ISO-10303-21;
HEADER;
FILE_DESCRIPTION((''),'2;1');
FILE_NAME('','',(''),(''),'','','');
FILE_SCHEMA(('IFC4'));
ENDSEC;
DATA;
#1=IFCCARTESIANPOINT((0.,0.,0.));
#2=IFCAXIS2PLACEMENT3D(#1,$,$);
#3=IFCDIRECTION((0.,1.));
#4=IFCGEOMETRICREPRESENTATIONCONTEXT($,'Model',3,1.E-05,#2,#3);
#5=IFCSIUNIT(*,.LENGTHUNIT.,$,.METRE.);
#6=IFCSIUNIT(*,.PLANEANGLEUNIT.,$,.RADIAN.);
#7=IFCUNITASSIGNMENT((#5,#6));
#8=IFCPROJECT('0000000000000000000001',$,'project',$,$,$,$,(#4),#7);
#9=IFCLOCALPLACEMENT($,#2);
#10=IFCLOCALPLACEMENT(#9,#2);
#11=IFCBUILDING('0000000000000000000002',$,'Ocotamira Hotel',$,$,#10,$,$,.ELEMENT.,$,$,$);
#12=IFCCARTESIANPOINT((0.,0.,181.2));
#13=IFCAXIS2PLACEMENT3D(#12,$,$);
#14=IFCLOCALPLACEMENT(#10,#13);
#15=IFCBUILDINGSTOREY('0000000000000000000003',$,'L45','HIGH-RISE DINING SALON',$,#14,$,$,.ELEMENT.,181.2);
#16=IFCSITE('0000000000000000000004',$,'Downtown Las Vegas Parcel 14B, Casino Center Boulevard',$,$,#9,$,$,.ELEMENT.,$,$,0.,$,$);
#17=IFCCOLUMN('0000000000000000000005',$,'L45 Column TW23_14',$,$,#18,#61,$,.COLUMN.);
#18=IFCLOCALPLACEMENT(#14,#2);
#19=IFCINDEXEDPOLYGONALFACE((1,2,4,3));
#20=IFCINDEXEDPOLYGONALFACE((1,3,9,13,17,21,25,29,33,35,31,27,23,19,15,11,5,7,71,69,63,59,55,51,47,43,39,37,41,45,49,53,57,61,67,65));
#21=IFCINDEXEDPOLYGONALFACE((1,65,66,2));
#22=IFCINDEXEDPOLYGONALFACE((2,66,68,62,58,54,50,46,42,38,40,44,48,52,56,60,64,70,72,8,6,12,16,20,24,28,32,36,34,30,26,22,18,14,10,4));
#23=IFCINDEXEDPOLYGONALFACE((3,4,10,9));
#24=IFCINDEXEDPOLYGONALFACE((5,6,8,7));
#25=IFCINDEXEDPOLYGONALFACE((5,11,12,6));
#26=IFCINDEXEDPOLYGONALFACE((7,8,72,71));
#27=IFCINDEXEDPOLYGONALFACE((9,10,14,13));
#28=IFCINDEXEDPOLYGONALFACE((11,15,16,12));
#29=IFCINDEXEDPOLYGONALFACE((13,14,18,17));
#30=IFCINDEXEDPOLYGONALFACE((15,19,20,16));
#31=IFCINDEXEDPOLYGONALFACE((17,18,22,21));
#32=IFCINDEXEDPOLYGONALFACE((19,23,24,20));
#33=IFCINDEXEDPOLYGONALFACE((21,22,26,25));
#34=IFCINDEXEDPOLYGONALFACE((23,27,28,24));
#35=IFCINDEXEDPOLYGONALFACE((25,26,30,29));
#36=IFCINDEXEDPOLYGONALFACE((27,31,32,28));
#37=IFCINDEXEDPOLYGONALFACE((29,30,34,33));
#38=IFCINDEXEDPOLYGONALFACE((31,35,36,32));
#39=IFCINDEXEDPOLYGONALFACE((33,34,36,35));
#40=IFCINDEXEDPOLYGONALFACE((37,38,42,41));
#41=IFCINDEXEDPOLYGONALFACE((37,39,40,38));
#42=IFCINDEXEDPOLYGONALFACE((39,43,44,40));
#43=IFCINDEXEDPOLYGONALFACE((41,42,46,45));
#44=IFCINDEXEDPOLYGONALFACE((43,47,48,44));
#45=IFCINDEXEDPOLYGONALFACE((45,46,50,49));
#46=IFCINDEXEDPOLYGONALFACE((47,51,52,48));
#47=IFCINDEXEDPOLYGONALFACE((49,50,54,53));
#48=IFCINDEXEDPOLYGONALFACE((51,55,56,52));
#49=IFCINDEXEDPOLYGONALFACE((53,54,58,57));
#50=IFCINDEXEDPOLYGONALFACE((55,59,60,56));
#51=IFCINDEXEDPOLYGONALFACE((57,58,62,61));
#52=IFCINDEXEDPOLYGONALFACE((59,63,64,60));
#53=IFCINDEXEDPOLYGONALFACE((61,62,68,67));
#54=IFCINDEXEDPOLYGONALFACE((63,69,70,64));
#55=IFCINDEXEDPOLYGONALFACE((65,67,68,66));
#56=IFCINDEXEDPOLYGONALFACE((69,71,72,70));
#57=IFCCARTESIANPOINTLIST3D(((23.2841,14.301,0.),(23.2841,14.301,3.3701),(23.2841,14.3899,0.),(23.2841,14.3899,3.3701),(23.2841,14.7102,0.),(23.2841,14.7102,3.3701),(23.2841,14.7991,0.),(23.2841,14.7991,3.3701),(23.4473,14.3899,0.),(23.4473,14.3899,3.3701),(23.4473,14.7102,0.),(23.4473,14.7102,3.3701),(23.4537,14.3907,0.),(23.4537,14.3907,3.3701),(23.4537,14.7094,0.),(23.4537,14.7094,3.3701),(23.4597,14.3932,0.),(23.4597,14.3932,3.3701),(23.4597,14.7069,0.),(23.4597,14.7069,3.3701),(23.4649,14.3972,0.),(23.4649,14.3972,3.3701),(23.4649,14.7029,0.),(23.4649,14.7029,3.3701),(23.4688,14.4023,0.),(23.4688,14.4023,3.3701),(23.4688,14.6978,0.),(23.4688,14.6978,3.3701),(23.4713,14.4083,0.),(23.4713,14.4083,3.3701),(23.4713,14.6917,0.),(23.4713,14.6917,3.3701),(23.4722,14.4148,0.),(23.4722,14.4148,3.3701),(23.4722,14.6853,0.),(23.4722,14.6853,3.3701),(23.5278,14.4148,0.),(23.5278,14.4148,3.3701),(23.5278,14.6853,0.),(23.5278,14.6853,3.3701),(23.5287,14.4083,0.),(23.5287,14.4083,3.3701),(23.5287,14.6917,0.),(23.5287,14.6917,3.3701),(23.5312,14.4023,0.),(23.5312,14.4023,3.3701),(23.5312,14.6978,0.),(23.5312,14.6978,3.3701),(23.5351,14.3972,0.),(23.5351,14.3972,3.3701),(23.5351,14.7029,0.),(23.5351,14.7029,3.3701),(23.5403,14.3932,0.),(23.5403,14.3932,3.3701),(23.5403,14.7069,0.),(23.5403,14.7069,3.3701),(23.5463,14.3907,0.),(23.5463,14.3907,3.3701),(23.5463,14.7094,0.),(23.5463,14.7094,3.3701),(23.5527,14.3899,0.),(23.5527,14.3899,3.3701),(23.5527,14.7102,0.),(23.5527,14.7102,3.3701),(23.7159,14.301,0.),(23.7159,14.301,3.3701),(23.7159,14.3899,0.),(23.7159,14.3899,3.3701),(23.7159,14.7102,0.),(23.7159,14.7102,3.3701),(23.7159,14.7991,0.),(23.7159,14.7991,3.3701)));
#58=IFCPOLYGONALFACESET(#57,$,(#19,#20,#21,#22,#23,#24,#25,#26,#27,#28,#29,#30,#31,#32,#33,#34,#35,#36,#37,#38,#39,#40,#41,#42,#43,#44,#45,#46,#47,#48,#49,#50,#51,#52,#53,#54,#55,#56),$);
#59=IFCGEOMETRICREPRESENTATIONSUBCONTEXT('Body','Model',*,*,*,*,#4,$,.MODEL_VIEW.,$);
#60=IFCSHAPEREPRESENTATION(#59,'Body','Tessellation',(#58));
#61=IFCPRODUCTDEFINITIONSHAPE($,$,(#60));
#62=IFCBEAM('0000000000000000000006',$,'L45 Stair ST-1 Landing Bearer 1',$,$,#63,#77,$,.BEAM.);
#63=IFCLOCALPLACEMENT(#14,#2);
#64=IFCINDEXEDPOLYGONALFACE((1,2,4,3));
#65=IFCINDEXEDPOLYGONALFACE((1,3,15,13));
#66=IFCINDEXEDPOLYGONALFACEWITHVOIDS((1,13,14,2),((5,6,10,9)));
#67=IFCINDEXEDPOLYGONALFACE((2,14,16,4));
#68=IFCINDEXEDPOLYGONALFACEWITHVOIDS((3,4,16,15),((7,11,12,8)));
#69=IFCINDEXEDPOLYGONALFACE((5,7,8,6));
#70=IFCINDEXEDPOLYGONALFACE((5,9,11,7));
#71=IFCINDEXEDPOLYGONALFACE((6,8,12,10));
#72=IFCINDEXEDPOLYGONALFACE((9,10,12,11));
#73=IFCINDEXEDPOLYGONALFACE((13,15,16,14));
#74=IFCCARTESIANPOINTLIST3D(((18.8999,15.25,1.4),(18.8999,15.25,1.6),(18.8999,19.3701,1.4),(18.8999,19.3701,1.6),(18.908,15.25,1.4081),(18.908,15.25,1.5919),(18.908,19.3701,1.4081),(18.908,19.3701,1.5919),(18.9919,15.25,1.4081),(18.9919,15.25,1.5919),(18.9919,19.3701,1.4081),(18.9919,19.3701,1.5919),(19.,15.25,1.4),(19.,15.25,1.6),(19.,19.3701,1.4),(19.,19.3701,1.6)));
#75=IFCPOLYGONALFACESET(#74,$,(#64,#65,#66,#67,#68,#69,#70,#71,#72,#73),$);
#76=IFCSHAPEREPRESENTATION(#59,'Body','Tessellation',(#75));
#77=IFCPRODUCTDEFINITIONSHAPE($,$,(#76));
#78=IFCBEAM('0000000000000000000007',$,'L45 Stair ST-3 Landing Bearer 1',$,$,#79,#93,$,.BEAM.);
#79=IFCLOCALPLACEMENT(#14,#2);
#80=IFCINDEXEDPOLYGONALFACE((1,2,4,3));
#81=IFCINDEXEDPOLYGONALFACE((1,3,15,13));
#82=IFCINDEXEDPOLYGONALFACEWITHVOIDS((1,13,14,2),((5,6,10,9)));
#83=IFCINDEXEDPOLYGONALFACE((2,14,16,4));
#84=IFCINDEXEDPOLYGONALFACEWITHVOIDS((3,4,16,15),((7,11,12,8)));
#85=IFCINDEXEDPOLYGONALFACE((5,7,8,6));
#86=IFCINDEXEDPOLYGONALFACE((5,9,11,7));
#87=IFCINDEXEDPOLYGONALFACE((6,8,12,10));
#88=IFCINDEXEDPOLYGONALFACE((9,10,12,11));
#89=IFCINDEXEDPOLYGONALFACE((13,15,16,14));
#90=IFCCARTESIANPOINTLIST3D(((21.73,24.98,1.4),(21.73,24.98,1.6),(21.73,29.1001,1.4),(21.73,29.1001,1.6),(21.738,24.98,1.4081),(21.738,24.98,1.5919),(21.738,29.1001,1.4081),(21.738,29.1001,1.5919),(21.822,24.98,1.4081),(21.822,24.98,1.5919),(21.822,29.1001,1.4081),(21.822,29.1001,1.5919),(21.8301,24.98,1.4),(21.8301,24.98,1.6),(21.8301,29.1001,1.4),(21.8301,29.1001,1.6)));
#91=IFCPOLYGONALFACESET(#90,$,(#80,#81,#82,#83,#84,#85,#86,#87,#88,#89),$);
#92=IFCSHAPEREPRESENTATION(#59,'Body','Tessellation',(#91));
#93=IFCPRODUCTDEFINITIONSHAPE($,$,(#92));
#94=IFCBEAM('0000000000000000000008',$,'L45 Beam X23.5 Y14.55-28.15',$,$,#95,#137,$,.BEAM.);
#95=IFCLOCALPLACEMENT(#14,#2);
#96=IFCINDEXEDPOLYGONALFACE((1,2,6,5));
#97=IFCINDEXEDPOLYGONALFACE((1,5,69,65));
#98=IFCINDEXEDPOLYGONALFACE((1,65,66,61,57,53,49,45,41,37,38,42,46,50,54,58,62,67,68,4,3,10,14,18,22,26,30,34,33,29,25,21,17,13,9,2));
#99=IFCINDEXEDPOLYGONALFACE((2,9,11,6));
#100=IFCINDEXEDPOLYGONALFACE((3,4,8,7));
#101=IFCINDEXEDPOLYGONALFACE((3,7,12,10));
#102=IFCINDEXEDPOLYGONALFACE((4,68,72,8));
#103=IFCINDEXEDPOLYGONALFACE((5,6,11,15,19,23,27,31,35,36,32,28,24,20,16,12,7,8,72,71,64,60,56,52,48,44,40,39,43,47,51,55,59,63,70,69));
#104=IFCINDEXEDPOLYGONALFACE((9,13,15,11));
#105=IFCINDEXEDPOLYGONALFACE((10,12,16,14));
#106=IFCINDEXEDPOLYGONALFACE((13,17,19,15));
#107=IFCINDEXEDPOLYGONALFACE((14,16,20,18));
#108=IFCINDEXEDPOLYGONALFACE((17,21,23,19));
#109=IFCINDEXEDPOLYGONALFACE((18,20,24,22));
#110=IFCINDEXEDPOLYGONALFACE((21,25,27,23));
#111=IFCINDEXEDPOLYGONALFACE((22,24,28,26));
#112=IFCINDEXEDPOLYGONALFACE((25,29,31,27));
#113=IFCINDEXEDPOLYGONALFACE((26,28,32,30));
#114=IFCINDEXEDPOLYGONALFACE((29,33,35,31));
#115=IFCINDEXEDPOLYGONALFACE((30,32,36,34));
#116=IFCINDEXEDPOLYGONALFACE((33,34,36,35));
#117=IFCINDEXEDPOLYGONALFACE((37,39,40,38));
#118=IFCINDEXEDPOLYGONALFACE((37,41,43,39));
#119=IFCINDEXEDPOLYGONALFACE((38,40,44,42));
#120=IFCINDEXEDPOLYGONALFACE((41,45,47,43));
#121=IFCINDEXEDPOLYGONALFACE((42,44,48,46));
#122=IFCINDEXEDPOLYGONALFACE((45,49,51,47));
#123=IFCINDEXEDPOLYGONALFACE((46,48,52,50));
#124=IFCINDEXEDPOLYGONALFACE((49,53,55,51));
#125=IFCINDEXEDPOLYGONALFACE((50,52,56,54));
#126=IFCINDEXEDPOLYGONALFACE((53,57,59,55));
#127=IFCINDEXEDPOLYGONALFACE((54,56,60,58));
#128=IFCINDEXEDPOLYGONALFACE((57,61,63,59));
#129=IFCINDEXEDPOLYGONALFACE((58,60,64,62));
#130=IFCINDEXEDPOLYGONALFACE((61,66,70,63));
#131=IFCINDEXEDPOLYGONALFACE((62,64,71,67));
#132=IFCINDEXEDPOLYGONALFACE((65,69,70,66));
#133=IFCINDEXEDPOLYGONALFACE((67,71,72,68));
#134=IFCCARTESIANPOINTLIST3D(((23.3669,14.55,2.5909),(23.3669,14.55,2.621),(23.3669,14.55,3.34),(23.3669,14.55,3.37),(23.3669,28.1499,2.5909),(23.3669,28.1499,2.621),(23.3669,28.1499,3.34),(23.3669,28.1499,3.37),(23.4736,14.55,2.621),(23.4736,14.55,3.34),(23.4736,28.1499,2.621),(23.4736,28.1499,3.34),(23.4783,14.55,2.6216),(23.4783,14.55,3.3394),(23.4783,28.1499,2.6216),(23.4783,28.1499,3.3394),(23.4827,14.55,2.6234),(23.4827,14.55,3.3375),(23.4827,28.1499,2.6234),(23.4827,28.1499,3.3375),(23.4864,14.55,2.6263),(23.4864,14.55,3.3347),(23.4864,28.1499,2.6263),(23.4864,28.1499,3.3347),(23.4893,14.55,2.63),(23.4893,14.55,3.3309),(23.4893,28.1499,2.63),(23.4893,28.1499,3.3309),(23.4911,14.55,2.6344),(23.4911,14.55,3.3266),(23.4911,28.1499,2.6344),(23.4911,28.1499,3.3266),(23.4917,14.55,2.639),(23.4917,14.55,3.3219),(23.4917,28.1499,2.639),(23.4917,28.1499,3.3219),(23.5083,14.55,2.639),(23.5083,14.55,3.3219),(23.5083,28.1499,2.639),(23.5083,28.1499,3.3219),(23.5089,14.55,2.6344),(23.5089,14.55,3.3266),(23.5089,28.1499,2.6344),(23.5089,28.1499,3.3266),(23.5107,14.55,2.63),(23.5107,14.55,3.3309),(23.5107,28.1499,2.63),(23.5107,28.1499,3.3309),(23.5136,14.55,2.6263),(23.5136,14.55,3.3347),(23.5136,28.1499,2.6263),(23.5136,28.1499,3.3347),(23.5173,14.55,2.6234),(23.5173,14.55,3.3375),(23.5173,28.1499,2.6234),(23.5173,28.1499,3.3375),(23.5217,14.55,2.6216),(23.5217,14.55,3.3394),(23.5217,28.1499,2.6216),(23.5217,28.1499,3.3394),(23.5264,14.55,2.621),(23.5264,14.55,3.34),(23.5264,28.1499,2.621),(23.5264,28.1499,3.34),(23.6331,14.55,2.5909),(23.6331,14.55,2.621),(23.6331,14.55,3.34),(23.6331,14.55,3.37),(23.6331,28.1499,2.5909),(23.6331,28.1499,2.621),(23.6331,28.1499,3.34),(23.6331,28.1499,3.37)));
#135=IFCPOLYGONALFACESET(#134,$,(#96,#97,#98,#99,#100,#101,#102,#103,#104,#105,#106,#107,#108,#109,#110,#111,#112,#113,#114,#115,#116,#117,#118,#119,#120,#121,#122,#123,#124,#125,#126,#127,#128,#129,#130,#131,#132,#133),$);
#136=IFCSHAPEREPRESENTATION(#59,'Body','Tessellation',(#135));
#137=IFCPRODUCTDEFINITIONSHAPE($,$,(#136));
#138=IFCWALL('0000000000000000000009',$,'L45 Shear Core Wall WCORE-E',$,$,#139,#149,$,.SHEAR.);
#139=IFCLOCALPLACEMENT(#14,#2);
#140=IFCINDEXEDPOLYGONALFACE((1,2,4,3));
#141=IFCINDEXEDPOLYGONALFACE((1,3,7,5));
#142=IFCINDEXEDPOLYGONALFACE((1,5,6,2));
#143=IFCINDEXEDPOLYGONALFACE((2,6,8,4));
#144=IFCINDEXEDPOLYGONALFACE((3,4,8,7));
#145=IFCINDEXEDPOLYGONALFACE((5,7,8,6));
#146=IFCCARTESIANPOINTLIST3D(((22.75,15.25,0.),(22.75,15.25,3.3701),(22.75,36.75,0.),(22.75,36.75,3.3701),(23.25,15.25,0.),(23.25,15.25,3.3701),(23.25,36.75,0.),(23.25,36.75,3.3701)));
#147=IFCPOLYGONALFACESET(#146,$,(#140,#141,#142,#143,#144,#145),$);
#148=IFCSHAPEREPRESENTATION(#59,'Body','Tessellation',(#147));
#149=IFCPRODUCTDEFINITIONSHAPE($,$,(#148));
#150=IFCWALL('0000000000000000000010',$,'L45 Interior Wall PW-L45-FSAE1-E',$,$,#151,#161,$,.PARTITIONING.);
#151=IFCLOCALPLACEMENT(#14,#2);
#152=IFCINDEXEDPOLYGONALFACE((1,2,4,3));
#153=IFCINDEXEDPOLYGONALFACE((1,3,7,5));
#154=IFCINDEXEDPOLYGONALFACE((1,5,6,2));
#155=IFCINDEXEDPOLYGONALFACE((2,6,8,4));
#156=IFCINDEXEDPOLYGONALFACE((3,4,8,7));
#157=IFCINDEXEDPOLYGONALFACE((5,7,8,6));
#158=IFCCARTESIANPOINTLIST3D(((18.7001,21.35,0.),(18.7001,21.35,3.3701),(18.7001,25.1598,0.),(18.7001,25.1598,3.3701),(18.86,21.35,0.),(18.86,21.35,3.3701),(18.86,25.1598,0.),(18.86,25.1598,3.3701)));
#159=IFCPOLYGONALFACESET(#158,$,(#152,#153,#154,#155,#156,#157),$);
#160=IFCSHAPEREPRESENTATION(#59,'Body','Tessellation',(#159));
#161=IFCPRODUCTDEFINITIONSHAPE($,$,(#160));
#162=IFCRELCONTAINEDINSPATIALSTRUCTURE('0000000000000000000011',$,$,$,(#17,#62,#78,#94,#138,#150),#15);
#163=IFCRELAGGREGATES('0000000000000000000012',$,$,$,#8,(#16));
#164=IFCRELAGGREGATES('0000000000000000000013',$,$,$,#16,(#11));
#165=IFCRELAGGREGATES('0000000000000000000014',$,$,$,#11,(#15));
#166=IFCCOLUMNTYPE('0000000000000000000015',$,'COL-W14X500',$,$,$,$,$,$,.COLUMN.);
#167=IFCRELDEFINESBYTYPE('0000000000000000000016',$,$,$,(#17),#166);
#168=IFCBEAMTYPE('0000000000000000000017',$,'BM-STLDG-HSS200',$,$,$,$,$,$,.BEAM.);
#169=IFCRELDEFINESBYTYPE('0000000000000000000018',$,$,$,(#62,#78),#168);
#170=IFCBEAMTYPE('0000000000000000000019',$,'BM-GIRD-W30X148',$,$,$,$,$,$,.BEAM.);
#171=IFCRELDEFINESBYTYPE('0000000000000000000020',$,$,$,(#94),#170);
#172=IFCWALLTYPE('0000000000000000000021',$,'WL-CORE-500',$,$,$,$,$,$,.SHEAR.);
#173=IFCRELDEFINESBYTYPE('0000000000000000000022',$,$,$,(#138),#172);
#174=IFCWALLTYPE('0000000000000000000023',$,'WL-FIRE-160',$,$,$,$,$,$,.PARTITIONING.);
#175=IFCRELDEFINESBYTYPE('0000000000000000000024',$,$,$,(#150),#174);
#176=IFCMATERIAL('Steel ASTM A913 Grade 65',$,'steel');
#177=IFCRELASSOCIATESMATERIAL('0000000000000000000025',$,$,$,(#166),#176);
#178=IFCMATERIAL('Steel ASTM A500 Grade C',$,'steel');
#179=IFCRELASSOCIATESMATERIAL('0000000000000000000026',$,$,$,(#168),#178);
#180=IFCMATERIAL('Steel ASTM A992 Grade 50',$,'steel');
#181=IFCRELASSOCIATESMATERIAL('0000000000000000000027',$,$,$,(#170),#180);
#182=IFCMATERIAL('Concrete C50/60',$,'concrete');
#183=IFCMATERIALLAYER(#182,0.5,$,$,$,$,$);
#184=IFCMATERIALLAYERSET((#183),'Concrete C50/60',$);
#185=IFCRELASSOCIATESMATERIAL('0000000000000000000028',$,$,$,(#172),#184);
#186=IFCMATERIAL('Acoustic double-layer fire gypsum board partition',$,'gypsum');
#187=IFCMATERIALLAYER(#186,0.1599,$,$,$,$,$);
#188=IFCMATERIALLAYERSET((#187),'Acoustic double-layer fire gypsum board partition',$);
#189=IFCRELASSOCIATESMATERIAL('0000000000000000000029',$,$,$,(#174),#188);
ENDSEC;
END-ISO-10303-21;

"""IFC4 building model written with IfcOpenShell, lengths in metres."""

from ifc_helpers import new_model, si_unit, direction, frame, frame_2d, origin, origin_2d, place, context, subcontext, project, spatial, rectangle, hollow_rectangle, i_section, extrude, source, transform, mapped, material, layer, layer_set, material_profile, profile_set, type_object, element, save


model = new_model("IFC4")

# Units and contexts
model_context = context("Model", 3, precision=1e-05, world=origin(), true_north=direction((0.0, 1.0)))
body_context = subcontext(model_context, "Body", "Model", "MODEL_VIEW")
ifc_project = project(units=[si_unit("LENGTHUNIT", "METRE"), si_unit("PLANEANGLEUNIT", "RADIAN")], contexts=[model_context])

# Site, building, storey
site_placement = place(None, origin())
site = spatial("IfcSite", under=ifc_project, at=site_placement, Name="Downtown Las Vegas Parcel 14B, Casino Center Boulevard", CompositionType="ELEMENT", RefElevation=0.0)
building_placement = place(site_placement, origin())
building = spatial("IfcBuilding", under=site, at=building_placement, Name="Ocotamira Hotel", CompositionType="ELEMENT")
storey_placement = place(building_placement, frame((0.0, 0.0, 181.2)))
storey = spatial("IfcBuildingStorey", under=building, at=storey_placement, Name="L45", Description="HIGH-RISE DINING SALON", CompositionType="ELEMENT", Elevation=181.2)

# Column
ifc_material_1 = material(Name="Steel ASTM A913 Grade 65", Category="steel")
ifc_material_profile_1 = material_profile(ifc_material_1, i_section(OverallWidth=0.4319, OverallDepth=0.498, WebThickness=0.0557, FlangeThickness=0.0889, FilletRadius=0.0249, at=origin_2d()), Name="W14X500")
ifc_profile_set_1 = profile_set([ifc_material_profile_1], Name="Steel ASTM A913 Grade 65")
column_type = type_object("IfcColumnType", Name="COL-W14X500", PredefinedType="COLUMN", material=ifc_profile_set_1)
shared_shape_1 = source(origin(), body_context, "Body", "SweptSolid", [
    extrude(i_section(OverallWidth=0.4319, OverallDepth=0.498, WebThickness=0.0557, FlangeThickness=0.0889, FilletRadius=0.0249, at=origin_2d()), origin(), (0.0, 0.0, 1.0), 3.3701),
])
column_placement = place(storey_placement, frame((23.5, 14.55, 0.0), z_axis=(0.0, 0.0, 1.0), x_axis=(1.0, 0.0, 0.0)))
element("IfcColumn", 1, at=column_placement, inside=storey, type_object=column_type, Name="L45 Column TW23_14", PredefinedType="COLUMN", context=body_context, shape_type="MappedRepresentation", body=[
    mapped(shared_shape_1, transform((0.0, 0.0, 0.0), scale=1.0)),
])

# Beams
ifc_material_2 = material(Name="Steel ASTM A500 Grade C", Category="steel")
ifc_material_profile_2 = material_profile(ifc_material_2, hollow_rectangle(XDim=0.1001, YDim=0.2, WallThickness=0.0081, at=origin_2d()), Name="HSS200X100X8")
ifc_profile_set_2 = profile_set([ifc_material_profile_2], Name="Steel ASTM A500 Grade C")
beam_type_1 = type_object("IfcBeamType", Name="BM-STLDG-HSS200", PredefinedType="BEAM", material=ifc_profile_set_2)
shared_shape_2 = source(origin(), body_context, "Body", "SweptSolid", [
    extrude(hollow_rectangle(XDim=0.1001, YDim=0.2, WallThickness=0.0081, at=origin_2d()), origin(), (0.0, 0.0, 1.0), 4.1201),
])
for number, where, z_axis, x_axis, name in (
    (2, (18.95, 15.25, 1.5), (0.0, 1.0, 0.0), (-1.0, 0.0, 0.0), "L45 Stair ST-1 Landing Bearer 1"),
    (3, (21.78, 24.98, 1.5), (0.0, 1.0, 0.0), (-1.0, 0.0, 0.0), "L45 Stair ST-3 Landing Bearer 1"),
):
    element("IfcBeam", number, at=place(storey_placement, frame(where, z_axis=z_axis, x_axis=x_axis)), inside=storey, type_object=beam_type_1, Name=name, PredefinedType="BEAM", context=body_context, shape_type="MappedRepresentation", body=[
        mapped(shared_shape_2, transform((0.0, 0.0, 0.0), scale=1.0)),
    ])
ifc_material_3 = material(Name="Steel ASTM A992 Grade 50", Category="steel")
ifc_material_profile_3 = material_profile(ifc_material_3, i_section(OverallWidth=0.2661, OverallDepth=0.7791, WebThickness=0.0166, FlangeThickness=0.03, FilletRadius=0.0181, at=origin_2d()), Name="W30X148")
ifc_profile_set_3 = profile_set([ifc_material_profile_3], Name="Steel ASTM A992 Grade 50")
beam_type_2 = type_object("IfcBeamType", Name="BM-GIRD-W30X148", PredefinedType="BEAM", material=ifc_profile_set_3)
shared_shape_3 = source(origin(), body_context, "Body", "SweptSolid", [
    extrude(i_section(OverallWidth=0.2661, OverallDepth=0.7791, WebThickness=0.0166, FlangeThickness=0.03, FilletRadius=0.0181, at=origin_2d()), origin(), (0.0, 0.0, 1.0), 13.5999),
])
beam_placement = place(storey_placement, frame((23.5, 14.55, 2.9805), z_axis=(0.0, 1.0, 0.0), x_axis=(-1.0, 0.0, 0.0)))
element("IfcBeam", 4, at=beam_placement, inside=storey, type_object=beam_type_2, Name="L45 Beam X23.5 Y14.55-28.15", PredefinedType="BEAM", context=body_context, shape_type="MappedRepresentation", body=[
    mapped(shared_shape_3, transform((0.0, 0.0, 0.0), scale=1.0)),
])

# Walls
ifc_material_4 = material(Name="Concrete C50/60", Category="concrete")
ifc_layer_1 = layer(ifc_material_4, 0.5)
ifc_layer_set_1 = layer_set([ifc_layer_1], Name="Concrete C50/60")
wall_type_1 = type_object("IfcWallType", Name="WL-CORE-500", PredefinedType="SHEAR", material=ifc_layer_set_1)
wall_1_placement = place(storey_placement, frame((23.0, 15.25, 0.0), z_axis=(0.0, 0.0, 1.0), x_axis=(0.0, 1.0, 0.0)))
element("IfcWall", 5, at=wall_1_placement, inside=storey, type_object=wall_type_1, Name="L45 Shear Core Wall WCORE-E", PredefinedType="SHEAR", context=body_context, shape_type="SweptSolid", body=[
    extrude(rectangle(XDim=21.5, YDim=0.5, at=frame_2d((10.75, 0.0))), origin(), (0.0, 0.0, 1.0), 3.3701),
])
ifc_material_5 = material(Name="Acoustic double-layer fire gypsum board partition", Category="gypsum")
ifc_layer_2 = layer(ifc_material_5, 0.1599)
ifc_layer_set_2 = layer_set([ifc_layer_2], Name="Acoustic double-layer fire gypsum board partition")
wall_type_2 = type_object("IfcWallType", Name="WL-FIRE-160", PredefinedType="PARTITIONING", material=ifc_layer_set_2)
wall_2_placement = place(storey_placement, frame((18.78, 21.3501, 0.0), z_axis=(0.0, 0.0, 1.0), x_axis=(0.0, 1.0, 0.0)))
element("IfcWall", 6, at=wall_2_placement, inside=storey, type_object=wall_type_2, Name="L45 Interior Wall PW-L45-FSAE1-E", PredefinedType="PARTITIONING", context=body_context, shape_type="SweptSolid", body=[
    extrude(rectangle(XDim=3.8098, YDim=0.1599, at=frame_2d((1.9048, 0.0))), origin(), (0.0, 0.0, 1.0), 3.3701),
])

save(model, "model.ifc")
